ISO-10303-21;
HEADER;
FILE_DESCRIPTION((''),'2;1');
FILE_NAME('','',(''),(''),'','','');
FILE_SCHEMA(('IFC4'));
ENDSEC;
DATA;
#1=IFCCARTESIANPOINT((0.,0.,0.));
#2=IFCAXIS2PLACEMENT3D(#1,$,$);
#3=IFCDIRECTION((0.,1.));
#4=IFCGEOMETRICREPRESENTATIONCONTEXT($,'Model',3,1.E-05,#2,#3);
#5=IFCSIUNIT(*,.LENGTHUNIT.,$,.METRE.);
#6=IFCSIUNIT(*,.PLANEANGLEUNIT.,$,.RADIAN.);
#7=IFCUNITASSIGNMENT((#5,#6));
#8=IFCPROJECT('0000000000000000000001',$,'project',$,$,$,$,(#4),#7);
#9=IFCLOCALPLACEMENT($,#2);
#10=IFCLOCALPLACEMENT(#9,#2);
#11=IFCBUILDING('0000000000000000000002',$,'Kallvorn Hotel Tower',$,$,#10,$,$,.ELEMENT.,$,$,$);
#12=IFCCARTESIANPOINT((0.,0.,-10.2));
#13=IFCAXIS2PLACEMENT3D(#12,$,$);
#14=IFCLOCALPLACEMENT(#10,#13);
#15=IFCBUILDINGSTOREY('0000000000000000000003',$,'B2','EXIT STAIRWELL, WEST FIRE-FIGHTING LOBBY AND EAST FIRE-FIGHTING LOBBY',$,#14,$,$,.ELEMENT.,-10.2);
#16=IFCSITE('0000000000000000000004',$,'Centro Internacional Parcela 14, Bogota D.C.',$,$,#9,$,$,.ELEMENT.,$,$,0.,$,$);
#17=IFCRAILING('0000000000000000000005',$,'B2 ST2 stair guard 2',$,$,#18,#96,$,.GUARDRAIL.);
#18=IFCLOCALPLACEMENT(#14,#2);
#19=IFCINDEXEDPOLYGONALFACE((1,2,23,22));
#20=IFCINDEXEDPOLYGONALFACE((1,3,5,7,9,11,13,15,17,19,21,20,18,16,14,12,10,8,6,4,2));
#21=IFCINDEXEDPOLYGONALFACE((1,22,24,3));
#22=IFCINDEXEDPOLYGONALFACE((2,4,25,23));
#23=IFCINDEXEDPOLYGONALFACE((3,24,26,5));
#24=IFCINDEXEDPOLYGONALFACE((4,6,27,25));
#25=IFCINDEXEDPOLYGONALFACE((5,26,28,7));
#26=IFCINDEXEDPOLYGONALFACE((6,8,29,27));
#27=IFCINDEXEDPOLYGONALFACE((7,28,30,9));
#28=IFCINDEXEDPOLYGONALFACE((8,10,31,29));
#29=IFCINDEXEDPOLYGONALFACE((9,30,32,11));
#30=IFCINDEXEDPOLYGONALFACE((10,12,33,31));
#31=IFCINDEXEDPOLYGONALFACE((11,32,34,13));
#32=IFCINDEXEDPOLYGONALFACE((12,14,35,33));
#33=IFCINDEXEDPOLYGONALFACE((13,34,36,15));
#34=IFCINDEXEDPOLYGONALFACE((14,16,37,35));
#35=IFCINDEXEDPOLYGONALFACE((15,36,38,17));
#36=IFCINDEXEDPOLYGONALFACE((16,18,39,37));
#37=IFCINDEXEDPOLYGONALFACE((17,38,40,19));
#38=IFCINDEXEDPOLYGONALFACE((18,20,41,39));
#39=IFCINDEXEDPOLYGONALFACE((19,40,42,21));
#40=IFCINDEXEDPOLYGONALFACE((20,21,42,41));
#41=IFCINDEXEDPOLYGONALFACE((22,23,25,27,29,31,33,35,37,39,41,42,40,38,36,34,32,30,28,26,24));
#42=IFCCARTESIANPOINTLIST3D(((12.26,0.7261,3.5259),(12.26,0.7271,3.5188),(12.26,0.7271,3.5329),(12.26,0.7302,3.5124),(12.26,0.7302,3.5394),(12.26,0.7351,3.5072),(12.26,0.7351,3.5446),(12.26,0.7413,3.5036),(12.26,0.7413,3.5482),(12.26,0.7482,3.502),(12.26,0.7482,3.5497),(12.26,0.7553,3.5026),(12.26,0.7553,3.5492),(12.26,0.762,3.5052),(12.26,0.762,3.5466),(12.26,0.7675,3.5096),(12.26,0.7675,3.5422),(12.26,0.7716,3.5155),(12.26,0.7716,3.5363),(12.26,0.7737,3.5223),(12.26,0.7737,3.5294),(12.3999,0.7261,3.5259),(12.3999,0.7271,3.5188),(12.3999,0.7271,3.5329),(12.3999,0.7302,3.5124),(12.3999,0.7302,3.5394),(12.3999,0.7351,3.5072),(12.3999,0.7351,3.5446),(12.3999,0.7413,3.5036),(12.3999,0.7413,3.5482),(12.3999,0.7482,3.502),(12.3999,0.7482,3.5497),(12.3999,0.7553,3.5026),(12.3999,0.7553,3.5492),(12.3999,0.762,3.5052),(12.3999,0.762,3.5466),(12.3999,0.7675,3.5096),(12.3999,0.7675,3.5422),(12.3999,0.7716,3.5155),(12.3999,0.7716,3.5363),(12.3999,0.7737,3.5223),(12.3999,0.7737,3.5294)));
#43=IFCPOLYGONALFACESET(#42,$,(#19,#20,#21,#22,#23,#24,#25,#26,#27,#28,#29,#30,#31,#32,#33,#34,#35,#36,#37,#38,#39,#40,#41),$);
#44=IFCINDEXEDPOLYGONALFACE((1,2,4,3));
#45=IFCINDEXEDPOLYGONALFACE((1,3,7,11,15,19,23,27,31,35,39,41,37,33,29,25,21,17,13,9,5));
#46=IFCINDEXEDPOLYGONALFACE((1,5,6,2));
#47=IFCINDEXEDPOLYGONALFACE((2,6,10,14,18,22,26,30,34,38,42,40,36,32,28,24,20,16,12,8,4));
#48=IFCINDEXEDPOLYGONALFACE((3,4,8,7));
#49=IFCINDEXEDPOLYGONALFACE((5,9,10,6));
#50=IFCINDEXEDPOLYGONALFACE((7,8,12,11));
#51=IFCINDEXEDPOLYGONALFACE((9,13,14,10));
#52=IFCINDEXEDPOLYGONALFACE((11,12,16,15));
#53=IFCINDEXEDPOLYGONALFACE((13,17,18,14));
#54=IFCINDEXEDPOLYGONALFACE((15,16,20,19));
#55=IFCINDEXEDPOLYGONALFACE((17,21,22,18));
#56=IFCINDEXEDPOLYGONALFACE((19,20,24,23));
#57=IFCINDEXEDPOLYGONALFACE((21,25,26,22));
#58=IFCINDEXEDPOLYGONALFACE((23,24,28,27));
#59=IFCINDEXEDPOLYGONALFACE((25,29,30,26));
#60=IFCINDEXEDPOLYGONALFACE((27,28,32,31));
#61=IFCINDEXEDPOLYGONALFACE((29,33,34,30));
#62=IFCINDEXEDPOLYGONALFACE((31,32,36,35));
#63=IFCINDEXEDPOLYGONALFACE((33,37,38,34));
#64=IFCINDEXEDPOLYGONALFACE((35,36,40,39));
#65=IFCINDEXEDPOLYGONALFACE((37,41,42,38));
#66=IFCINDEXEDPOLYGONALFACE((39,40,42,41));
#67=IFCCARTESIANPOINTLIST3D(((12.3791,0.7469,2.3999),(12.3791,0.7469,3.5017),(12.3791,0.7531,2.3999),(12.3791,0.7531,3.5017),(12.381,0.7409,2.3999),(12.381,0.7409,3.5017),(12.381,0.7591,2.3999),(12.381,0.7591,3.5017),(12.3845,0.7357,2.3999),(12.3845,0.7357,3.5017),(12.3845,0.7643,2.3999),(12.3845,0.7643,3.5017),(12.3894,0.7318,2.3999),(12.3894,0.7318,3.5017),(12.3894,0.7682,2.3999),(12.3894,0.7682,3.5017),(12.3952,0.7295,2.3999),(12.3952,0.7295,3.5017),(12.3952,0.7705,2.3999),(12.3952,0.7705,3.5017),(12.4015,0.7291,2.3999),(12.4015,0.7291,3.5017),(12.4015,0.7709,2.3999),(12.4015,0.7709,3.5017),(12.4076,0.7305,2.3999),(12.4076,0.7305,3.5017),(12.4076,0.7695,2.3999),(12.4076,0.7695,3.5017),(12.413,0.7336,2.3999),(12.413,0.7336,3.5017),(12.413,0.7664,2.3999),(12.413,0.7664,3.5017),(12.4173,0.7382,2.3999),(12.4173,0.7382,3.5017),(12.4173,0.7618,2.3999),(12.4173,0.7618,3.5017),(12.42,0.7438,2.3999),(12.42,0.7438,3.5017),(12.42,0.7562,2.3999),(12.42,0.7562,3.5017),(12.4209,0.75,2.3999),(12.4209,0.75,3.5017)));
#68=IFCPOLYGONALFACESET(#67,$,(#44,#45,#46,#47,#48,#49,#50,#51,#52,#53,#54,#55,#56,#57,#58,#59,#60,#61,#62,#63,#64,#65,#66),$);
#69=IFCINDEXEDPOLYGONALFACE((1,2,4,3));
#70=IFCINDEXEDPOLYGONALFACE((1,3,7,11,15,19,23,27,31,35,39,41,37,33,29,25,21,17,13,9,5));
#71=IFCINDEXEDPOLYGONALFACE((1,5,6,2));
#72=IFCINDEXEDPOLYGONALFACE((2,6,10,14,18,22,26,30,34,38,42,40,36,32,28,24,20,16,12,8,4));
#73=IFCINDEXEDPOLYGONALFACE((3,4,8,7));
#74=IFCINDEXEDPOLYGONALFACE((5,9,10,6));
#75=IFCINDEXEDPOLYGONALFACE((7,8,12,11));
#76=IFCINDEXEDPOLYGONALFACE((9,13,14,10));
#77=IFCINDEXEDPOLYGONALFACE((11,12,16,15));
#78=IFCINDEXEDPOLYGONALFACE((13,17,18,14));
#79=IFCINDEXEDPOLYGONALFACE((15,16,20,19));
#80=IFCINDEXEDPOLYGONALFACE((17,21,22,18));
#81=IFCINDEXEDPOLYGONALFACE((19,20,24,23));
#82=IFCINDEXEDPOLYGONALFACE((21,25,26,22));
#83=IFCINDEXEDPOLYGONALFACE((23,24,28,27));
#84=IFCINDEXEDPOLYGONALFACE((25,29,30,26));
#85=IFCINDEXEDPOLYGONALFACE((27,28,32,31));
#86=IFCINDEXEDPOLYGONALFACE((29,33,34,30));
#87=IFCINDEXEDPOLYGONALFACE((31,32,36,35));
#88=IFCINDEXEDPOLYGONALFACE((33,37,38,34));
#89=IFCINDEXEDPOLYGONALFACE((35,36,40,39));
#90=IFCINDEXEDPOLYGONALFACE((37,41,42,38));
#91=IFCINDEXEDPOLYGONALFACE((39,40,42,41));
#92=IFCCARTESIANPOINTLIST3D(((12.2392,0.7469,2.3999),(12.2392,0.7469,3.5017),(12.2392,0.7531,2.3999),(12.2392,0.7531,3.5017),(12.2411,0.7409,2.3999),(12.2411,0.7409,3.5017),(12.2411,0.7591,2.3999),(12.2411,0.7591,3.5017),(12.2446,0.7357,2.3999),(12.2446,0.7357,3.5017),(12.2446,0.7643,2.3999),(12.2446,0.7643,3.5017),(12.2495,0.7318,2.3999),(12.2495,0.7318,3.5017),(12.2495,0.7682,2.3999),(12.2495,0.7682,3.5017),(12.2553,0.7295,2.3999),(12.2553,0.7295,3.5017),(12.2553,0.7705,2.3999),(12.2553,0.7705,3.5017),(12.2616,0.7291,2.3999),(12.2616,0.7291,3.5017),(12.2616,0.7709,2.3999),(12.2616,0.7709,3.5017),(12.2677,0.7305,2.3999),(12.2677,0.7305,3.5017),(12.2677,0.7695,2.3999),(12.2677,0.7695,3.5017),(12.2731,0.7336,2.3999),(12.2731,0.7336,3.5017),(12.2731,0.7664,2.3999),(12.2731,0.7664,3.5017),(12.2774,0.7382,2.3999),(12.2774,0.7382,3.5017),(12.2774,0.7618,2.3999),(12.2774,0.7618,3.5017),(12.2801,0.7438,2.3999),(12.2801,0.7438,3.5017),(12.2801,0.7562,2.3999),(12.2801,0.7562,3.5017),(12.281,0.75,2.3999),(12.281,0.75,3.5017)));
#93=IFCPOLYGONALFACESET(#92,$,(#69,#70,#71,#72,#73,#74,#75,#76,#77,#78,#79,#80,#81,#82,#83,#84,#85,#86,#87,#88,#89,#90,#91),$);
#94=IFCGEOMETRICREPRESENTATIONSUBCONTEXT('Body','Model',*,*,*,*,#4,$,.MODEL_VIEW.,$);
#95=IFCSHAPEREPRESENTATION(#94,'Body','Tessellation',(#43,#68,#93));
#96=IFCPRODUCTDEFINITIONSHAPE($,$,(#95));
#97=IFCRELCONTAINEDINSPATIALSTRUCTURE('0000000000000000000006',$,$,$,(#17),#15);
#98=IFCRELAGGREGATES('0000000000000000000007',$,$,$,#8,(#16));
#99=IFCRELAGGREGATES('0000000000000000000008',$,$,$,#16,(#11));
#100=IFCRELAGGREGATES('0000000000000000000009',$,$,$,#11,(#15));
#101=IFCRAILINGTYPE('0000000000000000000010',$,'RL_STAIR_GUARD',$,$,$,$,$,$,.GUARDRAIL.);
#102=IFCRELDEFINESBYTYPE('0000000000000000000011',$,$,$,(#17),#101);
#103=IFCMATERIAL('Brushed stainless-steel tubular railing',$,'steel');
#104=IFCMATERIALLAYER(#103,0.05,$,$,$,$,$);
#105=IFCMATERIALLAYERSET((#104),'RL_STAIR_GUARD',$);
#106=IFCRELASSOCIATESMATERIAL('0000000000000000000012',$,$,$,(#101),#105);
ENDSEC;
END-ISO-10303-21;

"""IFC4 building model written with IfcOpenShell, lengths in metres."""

from ifc_helpers import new_model, si_unit, direction, frame, origin, origin_2d, place, context, subcontext, project, spatial, circle, extrude, material, layer, layer_set, type_object, element, save


model = new_model("IFC4")

# Units and contexts
model_context = context("Model", 3, precision=1e-05, world=origin(), true_north=direction((0.0, 1.0)))
body_context = subcontext(model_context, "Body", "Model", "MODEL_VIEW")
ifc_project = project(units=[si_unit("LENGTHUNIT", "METRE"), si_unit("PLANEANGLEUNIT", "RADIAN")], contexts=[model_context])

# Site, building, storey
site_placement = place(None, origin())
site = spatial("IfcSite", under=ifc_project, at=site_placement, Name="Centro Internacional Parcela 14, Bogota D.C.", CompositionType="ELEMENT", RefElevation=0.0)
building_placement = place(site_placement, origin())
building = spatial("IfcBuilding", under=site, at=building_placement, Name="Kallvorn Hotel Tower", CompositionType="ELEMENT")
storey_placement = place(building_placement, frame((0.0, 0.0, -10.2)))
storey = spatial("IfcBuildingStorey", under=building, at=storey_placement, Name="B2", Description="EXIT STAIRWELL, WEST FIRE-FIGHTING LOBBY AND EAST FIRE-FIGHTING LOBBY", CompositionType="ELEMENT", Elevation=-10.2)

# Railing
ifc_material_1 = material(Name="Brushed stainless-steel tubular railing", Category="steel")
ifc_layer_1 = layer(ifc_material_1, 0.05)
ifc_layer_set_1 = layer_set([ifc_layer_1], Name="RL_STAIR_GUARD")
railing_type_1 = type_object("IfcRailingType", Name="RL_STAIR_GUARD", PredefinedType="GUARDRAIL", material=ifc_layer_set_1)
railing_1_placement = place(storey_placement, frame((12.3999, 0.75, 2.3999)))
element("IfcRailing", 1, at=railing_1_placement, inside=storey, type_object=railing_type_1, Name="B2 ST2 stair guard 2", PredefinedType="GUARDRAIL", context=body_context, shape_type="SweptSolid", body=[
    extrude(circle(Radius=0.0239, at=origin_2d()), frame((0.0, 0.0, 1.126), z_axis=(-1.0, 0.0, 0.0), x_axis=(0.0, -1.0, 0.0)), (0.0, 0.0, 1.0), 0.1399),
    extrude(circle(Radius=0.021, at=origin_2d()), origin(), (0.0, 0.0, 1.0), 1.1018),
    extrude(circle(Radius=0.021, at=origin_2d()), frame((-0.1399, 0.0, 0.0)), (0.0, 0.0, 1.0), 1.1018),
])

save(model, "model.ifc")
